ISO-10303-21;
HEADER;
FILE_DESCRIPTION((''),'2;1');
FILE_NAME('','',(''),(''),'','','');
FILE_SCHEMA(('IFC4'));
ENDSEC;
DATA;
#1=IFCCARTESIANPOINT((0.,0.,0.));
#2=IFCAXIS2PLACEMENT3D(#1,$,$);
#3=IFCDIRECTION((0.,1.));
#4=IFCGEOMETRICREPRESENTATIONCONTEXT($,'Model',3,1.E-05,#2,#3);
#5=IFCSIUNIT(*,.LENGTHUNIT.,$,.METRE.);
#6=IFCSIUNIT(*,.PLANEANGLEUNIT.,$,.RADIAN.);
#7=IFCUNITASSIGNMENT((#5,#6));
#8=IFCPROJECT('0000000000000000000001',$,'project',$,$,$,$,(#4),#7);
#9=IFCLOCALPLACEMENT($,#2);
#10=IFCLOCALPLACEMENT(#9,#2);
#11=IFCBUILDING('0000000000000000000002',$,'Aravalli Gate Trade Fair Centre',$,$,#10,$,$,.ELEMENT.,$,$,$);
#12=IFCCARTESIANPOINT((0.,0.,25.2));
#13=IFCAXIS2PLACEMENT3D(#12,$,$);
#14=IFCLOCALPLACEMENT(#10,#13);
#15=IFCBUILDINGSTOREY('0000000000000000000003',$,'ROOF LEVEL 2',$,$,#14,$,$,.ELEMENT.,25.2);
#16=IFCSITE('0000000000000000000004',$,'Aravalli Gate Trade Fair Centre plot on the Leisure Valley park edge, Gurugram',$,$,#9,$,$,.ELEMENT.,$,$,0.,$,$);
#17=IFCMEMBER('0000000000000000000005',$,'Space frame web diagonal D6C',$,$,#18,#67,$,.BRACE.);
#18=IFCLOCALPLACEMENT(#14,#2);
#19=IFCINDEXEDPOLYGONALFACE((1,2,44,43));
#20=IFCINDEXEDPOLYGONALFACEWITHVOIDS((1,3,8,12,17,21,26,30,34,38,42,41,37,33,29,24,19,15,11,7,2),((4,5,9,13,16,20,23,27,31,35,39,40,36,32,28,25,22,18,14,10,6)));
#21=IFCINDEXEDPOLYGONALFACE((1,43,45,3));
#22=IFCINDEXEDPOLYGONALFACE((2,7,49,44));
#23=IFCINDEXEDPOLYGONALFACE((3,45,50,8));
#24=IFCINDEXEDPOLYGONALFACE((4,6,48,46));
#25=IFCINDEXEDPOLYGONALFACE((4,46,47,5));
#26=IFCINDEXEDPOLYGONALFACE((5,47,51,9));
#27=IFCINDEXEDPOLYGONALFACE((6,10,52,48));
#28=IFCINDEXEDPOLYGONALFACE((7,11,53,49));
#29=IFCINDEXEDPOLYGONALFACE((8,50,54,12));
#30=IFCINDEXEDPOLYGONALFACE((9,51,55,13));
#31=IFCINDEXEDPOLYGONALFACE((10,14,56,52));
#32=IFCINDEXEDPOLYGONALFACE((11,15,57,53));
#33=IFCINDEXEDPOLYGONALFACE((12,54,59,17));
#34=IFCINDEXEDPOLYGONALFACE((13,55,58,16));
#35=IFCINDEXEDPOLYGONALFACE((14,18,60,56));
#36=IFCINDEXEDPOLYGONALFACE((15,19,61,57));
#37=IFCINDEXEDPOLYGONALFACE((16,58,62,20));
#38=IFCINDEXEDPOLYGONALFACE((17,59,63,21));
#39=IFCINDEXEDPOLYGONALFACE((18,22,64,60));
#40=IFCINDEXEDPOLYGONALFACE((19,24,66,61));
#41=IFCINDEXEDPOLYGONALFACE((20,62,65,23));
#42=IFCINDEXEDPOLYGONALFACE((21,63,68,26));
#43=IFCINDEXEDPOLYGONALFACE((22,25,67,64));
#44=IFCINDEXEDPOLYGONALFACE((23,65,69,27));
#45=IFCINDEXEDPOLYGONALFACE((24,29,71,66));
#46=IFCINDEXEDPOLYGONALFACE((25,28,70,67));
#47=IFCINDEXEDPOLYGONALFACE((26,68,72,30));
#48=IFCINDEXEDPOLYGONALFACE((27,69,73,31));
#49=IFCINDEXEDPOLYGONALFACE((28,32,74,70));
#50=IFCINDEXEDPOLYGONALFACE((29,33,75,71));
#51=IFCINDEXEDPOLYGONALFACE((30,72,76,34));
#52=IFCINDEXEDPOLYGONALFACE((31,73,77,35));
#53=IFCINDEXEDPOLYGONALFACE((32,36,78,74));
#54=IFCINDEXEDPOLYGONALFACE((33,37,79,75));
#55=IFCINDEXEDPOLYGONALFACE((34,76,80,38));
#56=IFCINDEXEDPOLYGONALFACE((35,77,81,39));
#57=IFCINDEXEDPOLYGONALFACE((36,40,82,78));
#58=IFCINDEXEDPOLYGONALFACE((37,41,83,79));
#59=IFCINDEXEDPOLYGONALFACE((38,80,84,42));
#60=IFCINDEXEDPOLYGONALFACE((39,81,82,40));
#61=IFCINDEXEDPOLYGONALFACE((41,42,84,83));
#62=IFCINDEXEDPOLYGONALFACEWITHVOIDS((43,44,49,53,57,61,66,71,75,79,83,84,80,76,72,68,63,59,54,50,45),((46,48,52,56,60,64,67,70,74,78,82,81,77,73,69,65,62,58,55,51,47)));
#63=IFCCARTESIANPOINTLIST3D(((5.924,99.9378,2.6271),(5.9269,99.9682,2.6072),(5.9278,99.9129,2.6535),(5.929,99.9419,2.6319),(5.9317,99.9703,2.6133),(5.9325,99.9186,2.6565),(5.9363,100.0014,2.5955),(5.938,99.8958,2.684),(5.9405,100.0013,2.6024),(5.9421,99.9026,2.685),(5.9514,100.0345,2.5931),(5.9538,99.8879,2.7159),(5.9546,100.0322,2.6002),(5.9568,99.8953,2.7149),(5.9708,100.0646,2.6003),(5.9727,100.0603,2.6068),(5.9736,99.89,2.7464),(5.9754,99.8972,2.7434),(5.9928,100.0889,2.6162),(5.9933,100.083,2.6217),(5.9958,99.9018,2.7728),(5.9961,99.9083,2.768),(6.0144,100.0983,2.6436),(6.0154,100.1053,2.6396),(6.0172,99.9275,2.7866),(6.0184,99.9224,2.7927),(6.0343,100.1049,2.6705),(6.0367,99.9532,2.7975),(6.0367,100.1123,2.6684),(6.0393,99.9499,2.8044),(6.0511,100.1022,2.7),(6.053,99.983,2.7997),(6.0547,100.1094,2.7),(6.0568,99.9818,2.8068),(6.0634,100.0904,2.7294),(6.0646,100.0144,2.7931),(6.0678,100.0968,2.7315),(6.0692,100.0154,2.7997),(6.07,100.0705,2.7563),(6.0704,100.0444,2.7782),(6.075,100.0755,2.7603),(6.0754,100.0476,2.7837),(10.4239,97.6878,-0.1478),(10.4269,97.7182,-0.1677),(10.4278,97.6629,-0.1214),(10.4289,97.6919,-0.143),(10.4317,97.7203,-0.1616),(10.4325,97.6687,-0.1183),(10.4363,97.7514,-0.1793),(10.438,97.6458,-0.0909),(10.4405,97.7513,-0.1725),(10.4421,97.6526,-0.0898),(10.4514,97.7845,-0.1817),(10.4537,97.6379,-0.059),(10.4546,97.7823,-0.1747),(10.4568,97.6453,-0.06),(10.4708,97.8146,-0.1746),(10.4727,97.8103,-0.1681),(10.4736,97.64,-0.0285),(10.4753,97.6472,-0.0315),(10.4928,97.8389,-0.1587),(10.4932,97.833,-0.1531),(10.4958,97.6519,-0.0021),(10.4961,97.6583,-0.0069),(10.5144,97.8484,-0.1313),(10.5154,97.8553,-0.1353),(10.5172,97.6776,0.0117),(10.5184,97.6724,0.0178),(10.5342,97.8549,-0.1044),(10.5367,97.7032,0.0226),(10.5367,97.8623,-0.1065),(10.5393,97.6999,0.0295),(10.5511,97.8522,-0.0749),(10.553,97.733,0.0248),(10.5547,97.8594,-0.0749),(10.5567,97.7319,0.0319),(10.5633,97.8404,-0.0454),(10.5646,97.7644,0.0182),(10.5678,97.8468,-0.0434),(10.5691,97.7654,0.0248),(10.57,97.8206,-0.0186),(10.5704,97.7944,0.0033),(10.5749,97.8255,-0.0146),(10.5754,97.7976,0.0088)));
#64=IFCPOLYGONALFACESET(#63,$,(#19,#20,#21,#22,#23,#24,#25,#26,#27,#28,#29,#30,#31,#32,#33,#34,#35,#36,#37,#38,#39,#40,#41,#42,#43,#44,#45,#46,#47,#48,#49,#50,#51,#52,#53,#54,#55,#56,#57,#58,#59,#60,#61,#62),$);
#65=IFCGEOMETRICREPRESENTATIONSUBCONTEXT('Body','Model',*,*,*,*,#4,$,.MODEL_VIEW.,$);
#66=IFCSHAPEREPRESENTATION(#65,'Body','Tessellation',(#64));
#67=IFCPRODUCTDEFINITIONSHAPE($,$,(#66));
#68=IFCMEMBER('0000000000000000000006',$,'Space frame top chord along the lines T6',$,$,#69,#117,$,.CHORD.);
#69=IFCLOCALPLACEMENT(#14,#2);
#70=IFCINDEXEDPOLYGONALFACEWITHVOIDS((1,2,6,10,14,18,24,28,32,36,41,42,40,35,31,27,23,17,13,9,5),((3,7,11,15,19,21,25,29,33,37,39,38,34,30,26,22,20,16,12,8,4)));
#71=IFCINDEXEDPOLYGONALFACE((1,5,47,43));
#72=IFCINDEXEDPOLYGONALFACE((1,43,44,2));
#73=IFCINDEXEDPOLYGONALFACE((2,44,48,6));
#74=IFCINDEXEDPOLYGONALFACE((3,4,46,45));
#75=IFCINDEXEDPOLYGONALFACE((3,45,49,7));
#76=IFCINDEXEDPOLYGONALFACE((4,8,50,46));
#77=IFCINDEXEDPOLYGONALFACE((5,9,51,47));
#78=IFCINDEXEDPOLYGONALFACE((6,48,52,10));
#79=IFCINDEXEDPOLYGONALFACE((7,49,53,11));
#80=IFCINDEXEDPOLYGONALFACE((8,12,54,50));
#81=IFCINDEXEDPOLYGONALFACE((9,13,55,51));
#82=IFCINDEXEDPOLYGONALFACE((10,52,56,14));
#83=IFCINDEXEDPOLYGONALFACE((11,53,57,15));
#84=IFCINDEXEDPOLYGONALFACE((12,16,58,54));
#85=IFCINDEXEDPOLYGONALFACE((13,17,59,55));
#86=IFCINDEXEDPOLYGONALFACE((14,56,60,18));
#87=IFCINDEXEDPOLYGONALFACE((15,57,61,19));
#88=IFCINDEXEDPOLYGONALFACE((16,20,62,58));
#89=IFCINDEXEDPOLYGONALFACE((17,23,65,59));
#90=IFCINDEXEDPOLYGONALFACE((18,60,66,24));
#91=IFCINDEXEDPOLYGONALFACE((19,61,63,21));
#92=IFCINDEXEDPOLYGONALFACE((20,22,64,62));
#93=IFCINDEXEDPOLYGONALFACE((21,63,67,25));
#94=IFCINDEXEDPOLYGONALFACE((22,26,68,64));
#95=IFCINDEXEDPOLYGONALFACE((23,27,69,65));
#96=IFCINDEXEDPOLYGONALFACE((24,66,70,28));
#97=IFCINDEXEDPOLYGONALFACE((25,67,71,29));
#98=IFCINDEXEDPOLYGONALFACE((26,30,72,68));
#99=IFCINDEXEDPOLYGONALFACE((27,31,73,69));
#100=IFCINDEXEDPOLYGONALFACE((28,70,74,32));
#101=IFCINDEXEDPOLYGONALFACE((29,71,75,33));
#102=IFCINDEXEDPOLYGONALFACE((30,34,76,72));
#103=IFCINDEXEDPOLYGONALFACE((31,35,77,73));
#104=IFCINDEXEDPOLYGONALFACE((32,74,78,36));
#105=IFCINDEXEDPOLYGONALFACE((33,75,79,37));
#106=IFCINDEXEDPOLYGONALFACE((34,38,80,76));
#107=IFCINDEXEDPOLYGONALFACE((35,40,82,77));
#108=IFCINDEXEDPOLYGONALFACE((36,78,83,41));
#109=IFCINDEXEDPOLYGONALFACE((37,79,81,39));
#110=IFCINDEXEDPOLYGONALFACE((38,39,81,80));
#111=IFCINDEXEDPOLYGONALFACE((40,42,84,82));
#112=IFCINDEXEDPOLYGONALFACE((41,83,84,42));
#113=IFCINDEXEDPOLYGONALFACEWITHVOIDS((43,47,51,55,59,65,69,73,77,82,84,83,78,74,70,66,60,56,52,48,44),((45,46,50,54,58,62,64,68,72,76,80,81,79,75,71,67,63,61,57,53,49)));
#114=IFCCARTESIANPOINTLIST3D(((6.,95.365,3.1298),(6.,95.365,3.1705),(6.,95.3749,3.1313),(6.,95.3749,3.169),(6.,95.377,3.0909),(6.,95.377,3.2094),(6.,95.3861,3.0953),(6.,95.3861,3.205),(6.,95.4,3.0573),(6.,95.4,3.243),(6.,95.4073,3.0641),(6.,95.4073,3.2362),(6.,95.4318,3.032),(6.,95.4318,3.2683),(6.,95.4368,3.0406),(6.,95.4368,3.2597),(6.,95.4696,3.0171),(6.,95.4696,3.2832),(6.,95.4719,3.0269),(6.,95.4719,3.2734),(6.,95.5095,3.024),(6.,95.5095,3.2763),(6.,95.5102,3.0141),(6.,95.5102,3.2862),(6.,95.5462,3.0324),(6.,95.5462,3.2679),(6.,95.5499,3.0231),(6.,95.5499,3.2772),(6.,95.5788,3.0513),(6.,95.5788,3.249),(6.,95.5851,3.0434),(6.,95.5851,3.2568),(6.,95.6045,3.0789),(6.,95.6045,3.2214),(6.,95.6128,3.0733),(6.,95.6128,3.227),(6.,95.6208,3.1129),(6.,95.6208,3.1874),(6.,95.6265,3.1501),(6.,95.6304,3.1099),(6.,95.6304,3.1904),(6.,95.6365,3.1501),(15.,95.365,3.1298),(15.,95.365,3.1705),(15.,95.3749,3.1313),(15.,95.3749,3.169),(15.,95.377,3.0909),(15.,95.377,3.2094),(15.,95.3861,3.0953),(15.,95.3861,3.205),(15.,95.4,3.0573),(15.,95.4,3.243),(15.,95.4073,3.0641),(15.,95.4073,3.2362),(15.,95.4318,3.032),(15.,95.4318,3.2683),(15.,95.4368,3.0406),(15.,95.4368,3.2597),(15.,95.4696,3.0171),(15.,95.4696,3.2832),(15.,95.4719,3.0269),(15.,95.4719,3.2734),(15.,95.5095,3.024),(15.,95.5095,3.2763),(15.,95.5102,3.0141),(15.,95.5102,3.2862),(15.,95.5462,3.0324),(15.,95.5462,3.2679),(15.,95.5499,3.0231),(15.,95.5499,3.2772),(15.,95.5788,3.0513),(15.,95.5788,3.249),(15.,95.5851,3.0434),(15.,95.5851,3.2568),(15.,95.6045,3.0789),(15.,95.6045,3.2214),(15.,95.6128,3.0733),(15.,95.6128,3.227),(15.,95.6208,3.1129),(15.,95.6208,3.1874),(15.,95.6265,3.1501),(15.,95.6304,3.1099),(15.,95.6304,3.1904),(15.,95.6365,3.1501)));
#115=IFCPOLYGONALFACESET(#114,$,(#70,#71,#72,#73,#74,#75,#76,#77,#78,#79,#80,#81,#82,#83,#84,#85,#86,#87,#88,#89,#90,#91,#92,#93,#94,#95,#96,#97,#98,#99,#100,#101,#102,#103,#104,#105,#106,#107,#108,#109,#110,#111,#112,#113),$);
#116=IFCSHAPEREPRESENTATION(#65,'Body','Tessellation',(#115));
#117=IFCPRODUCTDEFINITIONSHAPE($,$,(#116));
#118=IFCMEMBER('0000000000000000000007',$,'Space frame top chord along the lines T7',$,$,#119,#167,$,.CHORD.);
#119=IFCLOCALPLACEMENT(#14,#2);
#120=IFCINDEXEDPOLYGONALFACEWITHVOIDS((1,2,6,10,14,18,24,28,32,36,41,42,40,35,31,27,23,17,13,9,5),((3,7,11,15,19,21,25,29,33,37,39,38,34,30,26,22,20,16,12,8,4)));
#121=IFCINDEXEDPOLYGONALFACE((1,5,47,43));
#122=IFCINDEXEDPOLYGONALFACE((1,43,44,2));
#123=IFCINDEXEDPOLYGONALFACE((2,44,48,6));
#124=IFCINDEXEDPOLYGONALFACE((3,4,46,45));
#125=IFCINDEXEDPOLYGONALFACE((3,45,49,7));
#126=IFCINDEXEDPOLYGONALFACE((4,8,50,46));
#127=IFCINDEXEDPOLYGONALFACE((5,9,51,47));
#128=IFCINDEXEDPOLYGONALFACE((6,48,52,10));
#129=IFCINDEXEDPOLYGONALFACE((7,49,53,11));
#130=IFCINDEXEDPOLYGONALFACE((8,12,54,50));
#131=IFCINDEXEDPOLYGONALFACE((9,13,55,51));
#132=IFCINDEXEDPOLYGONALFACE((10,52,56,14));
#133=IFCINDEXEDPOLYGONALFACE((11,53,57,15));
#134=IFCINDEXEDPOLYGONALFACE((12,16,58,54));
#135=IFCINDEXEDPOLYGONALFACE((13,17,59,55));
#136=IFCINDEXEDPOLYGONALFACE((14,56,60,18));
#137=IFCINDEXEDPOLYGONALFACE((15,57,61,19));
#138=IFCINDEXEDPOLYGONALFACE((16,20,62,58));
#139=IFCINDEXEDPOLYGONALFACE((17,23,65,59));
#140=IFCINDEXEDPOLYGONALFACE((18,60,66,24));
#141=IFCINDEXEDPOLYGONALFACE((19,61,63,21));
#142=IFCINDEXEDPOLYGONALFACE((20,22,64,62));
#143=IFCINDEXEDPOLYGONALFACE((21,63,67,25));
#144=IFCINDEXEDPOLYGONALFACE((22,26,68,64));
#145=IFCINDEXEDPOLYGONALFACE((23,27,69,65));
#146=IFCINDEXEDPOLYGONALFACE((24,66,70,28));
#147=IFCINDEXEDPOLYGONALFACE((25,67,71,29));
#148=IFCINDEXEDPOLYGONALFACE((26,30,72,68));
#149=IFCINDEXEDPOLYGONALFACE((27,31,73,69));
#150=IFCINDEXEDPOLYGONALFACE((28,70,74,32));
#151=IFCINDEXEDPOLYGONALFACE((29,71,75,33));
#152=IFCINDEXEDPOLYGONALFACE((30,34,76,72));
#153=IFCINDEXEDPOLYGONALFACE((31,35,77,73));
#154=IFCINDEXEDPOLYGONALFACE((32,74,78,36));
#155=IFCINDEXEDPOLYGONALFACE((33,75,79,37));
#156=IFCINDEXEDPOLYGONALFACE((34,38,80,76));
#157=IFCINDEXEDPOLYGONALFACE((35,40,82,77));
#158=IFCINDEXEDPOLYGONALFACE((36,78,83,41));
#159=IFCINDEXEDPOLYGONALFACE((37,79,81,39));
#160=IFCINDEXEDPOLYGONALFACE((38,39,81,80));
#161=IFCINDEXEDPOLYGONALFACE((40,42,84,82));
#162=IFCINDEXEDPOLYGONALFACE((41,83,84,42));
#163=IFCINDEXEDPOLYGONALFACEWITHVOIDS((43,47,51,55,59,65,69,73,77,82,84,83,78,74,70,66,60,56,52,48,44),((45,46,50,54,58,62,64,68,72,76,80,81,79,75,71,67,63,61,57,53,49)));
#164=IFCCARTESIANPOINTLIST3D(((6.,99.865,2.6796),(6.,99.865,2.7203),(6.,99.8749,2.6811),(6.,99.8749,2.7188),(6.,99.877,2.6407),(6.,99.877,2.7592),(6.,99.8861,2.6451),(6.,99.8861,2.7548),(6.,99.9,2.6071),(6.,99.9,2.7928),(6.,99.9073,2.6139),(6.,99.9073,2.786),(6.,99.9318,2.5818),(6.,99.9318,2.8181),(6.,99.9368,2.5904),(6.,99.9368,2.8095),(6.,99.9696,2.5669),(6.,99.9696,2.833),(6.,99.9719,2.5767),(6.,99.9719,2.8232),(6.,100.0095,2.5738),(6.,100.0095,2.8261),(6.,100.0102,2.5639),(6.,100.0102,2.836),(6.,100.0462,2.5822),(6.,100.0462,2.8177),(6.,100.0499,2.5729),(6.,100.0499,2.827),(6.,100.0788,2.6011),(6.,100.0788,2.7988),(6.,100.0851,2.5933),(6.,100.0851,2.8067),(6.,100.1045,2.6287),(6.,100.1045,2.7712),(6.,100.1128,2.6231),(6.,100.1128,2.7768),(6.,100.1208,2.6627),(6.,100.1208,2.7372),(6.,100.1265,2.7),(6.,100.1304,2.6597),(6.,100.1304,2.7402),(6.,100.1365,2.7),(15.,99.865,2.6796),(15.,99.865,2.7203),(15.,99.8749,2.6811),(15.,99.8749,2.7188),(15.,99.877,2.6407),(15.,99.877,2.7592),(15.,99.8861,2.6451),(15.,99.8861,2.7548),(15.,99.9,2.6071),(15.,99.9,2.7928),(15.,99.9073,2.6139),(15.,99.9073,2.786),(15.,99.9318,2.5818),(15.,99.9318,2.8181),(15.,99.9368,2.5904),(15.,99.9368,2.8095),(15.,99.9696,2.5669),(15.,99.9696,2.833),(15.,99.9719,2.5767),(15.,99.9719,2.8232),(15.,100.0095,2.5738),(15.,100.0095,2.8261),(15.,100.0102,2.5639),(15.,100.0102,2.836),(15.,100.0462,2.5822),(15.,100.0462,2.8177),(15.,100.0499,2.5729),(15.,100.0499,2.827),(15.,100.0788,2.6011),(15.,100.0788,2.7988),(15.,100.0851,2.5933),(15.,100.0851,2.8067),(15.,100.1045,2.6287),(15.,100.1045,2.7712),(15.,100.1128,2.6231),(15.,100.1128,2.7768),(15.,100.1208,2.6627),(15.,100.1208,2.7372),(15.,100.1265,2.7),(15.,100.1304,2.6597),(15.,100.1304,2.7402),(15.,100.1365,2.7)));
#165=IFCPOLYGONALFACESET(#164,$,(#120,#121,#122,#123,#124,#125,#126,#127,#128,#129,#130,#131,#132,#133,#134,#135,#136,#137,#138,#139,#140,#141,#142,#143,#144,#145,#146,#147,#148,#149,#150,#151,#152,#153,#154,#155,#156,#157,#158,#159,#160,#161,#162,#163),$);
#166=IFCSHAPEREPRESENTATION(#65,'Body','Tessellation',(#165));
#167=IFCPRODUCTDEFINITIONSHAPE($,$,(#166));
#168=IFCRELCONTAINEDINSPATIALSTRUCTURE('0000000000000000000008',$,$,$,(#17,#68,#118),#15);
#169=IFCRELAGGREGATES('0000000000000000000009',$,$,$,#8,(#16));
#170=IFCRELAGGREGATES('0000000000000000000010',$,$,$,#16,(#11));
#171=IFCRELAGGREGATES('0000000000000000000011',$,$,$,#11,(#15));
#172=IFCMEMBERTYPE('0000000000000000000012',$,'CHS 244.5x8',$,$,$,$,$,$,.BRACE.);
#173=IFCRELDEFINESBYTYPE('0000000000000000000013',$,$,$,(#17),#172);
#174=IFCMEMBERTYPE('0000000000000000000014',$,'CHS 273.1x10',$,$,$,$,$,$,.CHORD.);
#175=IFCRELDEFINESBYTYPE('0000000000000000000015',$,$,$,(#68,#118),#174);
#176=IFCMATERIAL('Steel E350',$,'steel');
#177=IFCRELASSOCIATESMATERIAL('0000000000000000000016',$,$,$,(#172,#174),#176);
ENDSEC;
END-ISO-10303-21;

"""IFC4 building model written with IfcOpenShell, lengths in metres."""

from ifc_helpers import new_model, si_unit, direction, frame, origin, origin_2d, place, context, subcontext, project, spatial, hollow_circle, extrude, material, material_profile, profile_set, type_object, element, save


model = new_model("IFC4")

# Units and contexts
model_context = context("Model", 3, precision=1e-05, world=origin(), true_north=direction((0.0, 1.0)))
body_context = subcontext(model_context, "Body", "Model", "MODEL_VIEW")
ifc_project = project(units=[si_unit("LENGTHUNIT", "METRE"), si_unit("PLANEANGLEUNIT", "RADIAN")], contexts=[model_context])

# Site, building, storey
site_placement = place(None, origin())
site = spatial("IfcSite", under=ifc_project, at=site_placement, Name="Aravalli Gate Trade Fair Centre plot on the Leisure Valley park edge, Gurugram", CompositionType="ELEMENT", RefElevation=0.0)
building_placement = place(site_placement, origin())
building = spatial("IfcBuilding", under=site, at=building_placement, Name="Aravalli Gate Trade Fair Centre", CompositionType="ELEMENT")
storey_placement = place(building_placement, frame((0.0, 0.0, 25.2)))
storey = spatial("IfcBuildingStorey", under=building, at=storey_placement, Name="ROOF LEVEL 2", CompositionType="ELEMENT", Elevation=25.2)

# Members
ifc_material_1 = material(Name="Steel E350", Category="steel")
ifc_material_profile_1 = material_profile(ifc_material_1, hollow_circle(Radius=0.1223, WallThickness=0.0081, at=origin_2d()), Name="CHS 244.5x8")
ifc_profile_set_1 = profile_set([ifc_material_profile_1], Name="Steel E350")
member_type_1 = type_object("IfcMemberType", Name="CHS 244.5x8", PredefinedType="BRACE", material=ifc_profile_set_1)
member_1_placement = place(storey_placement, frame((6.0, 100.0, 2.7), z_axis=(0.7832, -0.3916, -0.482956), x_axis=(0.447214, 0.894427, 0.0)))
element("IfcMember", 1, at=member_1_placement, inside=storey, type_object=member_type_1, Name="Space frame web diagonal D6C", PredefinedType="BRACE", context=body_context, shape_type="SweptSolid", body=[
    extrude(hollow_circle(Radius=0.1223, WallThickness=0.0081, at=origin_2d()), origin(), (0.0, 0.0, 1.0), 5.7456),
])
ifc_material_profile_2 = material_profile(ifc_material_1, hollow_circle(Radius=0.1365, WallThickness=0.01, at=origin_2d()), Name="CHS 273.1x10")
ifc_profile_set_2 = profile_set([ifc_material_profile_2], Name="Steel E350")
member_type_2 = type_object("IfcMemberType", Name="CHS 273.1x10", PredefinedType="CHORD", material=ifc_profile_set_2)
for number, where, z_axis, x_axis, name in (
    (2, (6.0, 95.5, 3.1501), (1.0, 0.0, 0.0), (0.0, 1.0, 0.0), "Space frame top chord along the lines T6"),
    (3, (6.0, 100.0, 2.7), (1.0, 0.0, 0.0), (0.0, 1.0, 0.0), "Space frame top chord along the lines T7"),
):
    element("IfcMember", number, at=place(storey_placement, frame(where, z_axis=z_axis, x_axis=x_axis)), inside=storey, type_object=member_type_2, Name=name, PredefinedType="CHORD", context=body_context, shape_type="SweptSolid", body=[
        extrude(hollow_circle(Radius=0.1365, WallThickness=0.01, at=origin_2d()), origin(), (0.0, 0.0, 1.0), 9.0),
    ])

save(model, "model.ifc")
